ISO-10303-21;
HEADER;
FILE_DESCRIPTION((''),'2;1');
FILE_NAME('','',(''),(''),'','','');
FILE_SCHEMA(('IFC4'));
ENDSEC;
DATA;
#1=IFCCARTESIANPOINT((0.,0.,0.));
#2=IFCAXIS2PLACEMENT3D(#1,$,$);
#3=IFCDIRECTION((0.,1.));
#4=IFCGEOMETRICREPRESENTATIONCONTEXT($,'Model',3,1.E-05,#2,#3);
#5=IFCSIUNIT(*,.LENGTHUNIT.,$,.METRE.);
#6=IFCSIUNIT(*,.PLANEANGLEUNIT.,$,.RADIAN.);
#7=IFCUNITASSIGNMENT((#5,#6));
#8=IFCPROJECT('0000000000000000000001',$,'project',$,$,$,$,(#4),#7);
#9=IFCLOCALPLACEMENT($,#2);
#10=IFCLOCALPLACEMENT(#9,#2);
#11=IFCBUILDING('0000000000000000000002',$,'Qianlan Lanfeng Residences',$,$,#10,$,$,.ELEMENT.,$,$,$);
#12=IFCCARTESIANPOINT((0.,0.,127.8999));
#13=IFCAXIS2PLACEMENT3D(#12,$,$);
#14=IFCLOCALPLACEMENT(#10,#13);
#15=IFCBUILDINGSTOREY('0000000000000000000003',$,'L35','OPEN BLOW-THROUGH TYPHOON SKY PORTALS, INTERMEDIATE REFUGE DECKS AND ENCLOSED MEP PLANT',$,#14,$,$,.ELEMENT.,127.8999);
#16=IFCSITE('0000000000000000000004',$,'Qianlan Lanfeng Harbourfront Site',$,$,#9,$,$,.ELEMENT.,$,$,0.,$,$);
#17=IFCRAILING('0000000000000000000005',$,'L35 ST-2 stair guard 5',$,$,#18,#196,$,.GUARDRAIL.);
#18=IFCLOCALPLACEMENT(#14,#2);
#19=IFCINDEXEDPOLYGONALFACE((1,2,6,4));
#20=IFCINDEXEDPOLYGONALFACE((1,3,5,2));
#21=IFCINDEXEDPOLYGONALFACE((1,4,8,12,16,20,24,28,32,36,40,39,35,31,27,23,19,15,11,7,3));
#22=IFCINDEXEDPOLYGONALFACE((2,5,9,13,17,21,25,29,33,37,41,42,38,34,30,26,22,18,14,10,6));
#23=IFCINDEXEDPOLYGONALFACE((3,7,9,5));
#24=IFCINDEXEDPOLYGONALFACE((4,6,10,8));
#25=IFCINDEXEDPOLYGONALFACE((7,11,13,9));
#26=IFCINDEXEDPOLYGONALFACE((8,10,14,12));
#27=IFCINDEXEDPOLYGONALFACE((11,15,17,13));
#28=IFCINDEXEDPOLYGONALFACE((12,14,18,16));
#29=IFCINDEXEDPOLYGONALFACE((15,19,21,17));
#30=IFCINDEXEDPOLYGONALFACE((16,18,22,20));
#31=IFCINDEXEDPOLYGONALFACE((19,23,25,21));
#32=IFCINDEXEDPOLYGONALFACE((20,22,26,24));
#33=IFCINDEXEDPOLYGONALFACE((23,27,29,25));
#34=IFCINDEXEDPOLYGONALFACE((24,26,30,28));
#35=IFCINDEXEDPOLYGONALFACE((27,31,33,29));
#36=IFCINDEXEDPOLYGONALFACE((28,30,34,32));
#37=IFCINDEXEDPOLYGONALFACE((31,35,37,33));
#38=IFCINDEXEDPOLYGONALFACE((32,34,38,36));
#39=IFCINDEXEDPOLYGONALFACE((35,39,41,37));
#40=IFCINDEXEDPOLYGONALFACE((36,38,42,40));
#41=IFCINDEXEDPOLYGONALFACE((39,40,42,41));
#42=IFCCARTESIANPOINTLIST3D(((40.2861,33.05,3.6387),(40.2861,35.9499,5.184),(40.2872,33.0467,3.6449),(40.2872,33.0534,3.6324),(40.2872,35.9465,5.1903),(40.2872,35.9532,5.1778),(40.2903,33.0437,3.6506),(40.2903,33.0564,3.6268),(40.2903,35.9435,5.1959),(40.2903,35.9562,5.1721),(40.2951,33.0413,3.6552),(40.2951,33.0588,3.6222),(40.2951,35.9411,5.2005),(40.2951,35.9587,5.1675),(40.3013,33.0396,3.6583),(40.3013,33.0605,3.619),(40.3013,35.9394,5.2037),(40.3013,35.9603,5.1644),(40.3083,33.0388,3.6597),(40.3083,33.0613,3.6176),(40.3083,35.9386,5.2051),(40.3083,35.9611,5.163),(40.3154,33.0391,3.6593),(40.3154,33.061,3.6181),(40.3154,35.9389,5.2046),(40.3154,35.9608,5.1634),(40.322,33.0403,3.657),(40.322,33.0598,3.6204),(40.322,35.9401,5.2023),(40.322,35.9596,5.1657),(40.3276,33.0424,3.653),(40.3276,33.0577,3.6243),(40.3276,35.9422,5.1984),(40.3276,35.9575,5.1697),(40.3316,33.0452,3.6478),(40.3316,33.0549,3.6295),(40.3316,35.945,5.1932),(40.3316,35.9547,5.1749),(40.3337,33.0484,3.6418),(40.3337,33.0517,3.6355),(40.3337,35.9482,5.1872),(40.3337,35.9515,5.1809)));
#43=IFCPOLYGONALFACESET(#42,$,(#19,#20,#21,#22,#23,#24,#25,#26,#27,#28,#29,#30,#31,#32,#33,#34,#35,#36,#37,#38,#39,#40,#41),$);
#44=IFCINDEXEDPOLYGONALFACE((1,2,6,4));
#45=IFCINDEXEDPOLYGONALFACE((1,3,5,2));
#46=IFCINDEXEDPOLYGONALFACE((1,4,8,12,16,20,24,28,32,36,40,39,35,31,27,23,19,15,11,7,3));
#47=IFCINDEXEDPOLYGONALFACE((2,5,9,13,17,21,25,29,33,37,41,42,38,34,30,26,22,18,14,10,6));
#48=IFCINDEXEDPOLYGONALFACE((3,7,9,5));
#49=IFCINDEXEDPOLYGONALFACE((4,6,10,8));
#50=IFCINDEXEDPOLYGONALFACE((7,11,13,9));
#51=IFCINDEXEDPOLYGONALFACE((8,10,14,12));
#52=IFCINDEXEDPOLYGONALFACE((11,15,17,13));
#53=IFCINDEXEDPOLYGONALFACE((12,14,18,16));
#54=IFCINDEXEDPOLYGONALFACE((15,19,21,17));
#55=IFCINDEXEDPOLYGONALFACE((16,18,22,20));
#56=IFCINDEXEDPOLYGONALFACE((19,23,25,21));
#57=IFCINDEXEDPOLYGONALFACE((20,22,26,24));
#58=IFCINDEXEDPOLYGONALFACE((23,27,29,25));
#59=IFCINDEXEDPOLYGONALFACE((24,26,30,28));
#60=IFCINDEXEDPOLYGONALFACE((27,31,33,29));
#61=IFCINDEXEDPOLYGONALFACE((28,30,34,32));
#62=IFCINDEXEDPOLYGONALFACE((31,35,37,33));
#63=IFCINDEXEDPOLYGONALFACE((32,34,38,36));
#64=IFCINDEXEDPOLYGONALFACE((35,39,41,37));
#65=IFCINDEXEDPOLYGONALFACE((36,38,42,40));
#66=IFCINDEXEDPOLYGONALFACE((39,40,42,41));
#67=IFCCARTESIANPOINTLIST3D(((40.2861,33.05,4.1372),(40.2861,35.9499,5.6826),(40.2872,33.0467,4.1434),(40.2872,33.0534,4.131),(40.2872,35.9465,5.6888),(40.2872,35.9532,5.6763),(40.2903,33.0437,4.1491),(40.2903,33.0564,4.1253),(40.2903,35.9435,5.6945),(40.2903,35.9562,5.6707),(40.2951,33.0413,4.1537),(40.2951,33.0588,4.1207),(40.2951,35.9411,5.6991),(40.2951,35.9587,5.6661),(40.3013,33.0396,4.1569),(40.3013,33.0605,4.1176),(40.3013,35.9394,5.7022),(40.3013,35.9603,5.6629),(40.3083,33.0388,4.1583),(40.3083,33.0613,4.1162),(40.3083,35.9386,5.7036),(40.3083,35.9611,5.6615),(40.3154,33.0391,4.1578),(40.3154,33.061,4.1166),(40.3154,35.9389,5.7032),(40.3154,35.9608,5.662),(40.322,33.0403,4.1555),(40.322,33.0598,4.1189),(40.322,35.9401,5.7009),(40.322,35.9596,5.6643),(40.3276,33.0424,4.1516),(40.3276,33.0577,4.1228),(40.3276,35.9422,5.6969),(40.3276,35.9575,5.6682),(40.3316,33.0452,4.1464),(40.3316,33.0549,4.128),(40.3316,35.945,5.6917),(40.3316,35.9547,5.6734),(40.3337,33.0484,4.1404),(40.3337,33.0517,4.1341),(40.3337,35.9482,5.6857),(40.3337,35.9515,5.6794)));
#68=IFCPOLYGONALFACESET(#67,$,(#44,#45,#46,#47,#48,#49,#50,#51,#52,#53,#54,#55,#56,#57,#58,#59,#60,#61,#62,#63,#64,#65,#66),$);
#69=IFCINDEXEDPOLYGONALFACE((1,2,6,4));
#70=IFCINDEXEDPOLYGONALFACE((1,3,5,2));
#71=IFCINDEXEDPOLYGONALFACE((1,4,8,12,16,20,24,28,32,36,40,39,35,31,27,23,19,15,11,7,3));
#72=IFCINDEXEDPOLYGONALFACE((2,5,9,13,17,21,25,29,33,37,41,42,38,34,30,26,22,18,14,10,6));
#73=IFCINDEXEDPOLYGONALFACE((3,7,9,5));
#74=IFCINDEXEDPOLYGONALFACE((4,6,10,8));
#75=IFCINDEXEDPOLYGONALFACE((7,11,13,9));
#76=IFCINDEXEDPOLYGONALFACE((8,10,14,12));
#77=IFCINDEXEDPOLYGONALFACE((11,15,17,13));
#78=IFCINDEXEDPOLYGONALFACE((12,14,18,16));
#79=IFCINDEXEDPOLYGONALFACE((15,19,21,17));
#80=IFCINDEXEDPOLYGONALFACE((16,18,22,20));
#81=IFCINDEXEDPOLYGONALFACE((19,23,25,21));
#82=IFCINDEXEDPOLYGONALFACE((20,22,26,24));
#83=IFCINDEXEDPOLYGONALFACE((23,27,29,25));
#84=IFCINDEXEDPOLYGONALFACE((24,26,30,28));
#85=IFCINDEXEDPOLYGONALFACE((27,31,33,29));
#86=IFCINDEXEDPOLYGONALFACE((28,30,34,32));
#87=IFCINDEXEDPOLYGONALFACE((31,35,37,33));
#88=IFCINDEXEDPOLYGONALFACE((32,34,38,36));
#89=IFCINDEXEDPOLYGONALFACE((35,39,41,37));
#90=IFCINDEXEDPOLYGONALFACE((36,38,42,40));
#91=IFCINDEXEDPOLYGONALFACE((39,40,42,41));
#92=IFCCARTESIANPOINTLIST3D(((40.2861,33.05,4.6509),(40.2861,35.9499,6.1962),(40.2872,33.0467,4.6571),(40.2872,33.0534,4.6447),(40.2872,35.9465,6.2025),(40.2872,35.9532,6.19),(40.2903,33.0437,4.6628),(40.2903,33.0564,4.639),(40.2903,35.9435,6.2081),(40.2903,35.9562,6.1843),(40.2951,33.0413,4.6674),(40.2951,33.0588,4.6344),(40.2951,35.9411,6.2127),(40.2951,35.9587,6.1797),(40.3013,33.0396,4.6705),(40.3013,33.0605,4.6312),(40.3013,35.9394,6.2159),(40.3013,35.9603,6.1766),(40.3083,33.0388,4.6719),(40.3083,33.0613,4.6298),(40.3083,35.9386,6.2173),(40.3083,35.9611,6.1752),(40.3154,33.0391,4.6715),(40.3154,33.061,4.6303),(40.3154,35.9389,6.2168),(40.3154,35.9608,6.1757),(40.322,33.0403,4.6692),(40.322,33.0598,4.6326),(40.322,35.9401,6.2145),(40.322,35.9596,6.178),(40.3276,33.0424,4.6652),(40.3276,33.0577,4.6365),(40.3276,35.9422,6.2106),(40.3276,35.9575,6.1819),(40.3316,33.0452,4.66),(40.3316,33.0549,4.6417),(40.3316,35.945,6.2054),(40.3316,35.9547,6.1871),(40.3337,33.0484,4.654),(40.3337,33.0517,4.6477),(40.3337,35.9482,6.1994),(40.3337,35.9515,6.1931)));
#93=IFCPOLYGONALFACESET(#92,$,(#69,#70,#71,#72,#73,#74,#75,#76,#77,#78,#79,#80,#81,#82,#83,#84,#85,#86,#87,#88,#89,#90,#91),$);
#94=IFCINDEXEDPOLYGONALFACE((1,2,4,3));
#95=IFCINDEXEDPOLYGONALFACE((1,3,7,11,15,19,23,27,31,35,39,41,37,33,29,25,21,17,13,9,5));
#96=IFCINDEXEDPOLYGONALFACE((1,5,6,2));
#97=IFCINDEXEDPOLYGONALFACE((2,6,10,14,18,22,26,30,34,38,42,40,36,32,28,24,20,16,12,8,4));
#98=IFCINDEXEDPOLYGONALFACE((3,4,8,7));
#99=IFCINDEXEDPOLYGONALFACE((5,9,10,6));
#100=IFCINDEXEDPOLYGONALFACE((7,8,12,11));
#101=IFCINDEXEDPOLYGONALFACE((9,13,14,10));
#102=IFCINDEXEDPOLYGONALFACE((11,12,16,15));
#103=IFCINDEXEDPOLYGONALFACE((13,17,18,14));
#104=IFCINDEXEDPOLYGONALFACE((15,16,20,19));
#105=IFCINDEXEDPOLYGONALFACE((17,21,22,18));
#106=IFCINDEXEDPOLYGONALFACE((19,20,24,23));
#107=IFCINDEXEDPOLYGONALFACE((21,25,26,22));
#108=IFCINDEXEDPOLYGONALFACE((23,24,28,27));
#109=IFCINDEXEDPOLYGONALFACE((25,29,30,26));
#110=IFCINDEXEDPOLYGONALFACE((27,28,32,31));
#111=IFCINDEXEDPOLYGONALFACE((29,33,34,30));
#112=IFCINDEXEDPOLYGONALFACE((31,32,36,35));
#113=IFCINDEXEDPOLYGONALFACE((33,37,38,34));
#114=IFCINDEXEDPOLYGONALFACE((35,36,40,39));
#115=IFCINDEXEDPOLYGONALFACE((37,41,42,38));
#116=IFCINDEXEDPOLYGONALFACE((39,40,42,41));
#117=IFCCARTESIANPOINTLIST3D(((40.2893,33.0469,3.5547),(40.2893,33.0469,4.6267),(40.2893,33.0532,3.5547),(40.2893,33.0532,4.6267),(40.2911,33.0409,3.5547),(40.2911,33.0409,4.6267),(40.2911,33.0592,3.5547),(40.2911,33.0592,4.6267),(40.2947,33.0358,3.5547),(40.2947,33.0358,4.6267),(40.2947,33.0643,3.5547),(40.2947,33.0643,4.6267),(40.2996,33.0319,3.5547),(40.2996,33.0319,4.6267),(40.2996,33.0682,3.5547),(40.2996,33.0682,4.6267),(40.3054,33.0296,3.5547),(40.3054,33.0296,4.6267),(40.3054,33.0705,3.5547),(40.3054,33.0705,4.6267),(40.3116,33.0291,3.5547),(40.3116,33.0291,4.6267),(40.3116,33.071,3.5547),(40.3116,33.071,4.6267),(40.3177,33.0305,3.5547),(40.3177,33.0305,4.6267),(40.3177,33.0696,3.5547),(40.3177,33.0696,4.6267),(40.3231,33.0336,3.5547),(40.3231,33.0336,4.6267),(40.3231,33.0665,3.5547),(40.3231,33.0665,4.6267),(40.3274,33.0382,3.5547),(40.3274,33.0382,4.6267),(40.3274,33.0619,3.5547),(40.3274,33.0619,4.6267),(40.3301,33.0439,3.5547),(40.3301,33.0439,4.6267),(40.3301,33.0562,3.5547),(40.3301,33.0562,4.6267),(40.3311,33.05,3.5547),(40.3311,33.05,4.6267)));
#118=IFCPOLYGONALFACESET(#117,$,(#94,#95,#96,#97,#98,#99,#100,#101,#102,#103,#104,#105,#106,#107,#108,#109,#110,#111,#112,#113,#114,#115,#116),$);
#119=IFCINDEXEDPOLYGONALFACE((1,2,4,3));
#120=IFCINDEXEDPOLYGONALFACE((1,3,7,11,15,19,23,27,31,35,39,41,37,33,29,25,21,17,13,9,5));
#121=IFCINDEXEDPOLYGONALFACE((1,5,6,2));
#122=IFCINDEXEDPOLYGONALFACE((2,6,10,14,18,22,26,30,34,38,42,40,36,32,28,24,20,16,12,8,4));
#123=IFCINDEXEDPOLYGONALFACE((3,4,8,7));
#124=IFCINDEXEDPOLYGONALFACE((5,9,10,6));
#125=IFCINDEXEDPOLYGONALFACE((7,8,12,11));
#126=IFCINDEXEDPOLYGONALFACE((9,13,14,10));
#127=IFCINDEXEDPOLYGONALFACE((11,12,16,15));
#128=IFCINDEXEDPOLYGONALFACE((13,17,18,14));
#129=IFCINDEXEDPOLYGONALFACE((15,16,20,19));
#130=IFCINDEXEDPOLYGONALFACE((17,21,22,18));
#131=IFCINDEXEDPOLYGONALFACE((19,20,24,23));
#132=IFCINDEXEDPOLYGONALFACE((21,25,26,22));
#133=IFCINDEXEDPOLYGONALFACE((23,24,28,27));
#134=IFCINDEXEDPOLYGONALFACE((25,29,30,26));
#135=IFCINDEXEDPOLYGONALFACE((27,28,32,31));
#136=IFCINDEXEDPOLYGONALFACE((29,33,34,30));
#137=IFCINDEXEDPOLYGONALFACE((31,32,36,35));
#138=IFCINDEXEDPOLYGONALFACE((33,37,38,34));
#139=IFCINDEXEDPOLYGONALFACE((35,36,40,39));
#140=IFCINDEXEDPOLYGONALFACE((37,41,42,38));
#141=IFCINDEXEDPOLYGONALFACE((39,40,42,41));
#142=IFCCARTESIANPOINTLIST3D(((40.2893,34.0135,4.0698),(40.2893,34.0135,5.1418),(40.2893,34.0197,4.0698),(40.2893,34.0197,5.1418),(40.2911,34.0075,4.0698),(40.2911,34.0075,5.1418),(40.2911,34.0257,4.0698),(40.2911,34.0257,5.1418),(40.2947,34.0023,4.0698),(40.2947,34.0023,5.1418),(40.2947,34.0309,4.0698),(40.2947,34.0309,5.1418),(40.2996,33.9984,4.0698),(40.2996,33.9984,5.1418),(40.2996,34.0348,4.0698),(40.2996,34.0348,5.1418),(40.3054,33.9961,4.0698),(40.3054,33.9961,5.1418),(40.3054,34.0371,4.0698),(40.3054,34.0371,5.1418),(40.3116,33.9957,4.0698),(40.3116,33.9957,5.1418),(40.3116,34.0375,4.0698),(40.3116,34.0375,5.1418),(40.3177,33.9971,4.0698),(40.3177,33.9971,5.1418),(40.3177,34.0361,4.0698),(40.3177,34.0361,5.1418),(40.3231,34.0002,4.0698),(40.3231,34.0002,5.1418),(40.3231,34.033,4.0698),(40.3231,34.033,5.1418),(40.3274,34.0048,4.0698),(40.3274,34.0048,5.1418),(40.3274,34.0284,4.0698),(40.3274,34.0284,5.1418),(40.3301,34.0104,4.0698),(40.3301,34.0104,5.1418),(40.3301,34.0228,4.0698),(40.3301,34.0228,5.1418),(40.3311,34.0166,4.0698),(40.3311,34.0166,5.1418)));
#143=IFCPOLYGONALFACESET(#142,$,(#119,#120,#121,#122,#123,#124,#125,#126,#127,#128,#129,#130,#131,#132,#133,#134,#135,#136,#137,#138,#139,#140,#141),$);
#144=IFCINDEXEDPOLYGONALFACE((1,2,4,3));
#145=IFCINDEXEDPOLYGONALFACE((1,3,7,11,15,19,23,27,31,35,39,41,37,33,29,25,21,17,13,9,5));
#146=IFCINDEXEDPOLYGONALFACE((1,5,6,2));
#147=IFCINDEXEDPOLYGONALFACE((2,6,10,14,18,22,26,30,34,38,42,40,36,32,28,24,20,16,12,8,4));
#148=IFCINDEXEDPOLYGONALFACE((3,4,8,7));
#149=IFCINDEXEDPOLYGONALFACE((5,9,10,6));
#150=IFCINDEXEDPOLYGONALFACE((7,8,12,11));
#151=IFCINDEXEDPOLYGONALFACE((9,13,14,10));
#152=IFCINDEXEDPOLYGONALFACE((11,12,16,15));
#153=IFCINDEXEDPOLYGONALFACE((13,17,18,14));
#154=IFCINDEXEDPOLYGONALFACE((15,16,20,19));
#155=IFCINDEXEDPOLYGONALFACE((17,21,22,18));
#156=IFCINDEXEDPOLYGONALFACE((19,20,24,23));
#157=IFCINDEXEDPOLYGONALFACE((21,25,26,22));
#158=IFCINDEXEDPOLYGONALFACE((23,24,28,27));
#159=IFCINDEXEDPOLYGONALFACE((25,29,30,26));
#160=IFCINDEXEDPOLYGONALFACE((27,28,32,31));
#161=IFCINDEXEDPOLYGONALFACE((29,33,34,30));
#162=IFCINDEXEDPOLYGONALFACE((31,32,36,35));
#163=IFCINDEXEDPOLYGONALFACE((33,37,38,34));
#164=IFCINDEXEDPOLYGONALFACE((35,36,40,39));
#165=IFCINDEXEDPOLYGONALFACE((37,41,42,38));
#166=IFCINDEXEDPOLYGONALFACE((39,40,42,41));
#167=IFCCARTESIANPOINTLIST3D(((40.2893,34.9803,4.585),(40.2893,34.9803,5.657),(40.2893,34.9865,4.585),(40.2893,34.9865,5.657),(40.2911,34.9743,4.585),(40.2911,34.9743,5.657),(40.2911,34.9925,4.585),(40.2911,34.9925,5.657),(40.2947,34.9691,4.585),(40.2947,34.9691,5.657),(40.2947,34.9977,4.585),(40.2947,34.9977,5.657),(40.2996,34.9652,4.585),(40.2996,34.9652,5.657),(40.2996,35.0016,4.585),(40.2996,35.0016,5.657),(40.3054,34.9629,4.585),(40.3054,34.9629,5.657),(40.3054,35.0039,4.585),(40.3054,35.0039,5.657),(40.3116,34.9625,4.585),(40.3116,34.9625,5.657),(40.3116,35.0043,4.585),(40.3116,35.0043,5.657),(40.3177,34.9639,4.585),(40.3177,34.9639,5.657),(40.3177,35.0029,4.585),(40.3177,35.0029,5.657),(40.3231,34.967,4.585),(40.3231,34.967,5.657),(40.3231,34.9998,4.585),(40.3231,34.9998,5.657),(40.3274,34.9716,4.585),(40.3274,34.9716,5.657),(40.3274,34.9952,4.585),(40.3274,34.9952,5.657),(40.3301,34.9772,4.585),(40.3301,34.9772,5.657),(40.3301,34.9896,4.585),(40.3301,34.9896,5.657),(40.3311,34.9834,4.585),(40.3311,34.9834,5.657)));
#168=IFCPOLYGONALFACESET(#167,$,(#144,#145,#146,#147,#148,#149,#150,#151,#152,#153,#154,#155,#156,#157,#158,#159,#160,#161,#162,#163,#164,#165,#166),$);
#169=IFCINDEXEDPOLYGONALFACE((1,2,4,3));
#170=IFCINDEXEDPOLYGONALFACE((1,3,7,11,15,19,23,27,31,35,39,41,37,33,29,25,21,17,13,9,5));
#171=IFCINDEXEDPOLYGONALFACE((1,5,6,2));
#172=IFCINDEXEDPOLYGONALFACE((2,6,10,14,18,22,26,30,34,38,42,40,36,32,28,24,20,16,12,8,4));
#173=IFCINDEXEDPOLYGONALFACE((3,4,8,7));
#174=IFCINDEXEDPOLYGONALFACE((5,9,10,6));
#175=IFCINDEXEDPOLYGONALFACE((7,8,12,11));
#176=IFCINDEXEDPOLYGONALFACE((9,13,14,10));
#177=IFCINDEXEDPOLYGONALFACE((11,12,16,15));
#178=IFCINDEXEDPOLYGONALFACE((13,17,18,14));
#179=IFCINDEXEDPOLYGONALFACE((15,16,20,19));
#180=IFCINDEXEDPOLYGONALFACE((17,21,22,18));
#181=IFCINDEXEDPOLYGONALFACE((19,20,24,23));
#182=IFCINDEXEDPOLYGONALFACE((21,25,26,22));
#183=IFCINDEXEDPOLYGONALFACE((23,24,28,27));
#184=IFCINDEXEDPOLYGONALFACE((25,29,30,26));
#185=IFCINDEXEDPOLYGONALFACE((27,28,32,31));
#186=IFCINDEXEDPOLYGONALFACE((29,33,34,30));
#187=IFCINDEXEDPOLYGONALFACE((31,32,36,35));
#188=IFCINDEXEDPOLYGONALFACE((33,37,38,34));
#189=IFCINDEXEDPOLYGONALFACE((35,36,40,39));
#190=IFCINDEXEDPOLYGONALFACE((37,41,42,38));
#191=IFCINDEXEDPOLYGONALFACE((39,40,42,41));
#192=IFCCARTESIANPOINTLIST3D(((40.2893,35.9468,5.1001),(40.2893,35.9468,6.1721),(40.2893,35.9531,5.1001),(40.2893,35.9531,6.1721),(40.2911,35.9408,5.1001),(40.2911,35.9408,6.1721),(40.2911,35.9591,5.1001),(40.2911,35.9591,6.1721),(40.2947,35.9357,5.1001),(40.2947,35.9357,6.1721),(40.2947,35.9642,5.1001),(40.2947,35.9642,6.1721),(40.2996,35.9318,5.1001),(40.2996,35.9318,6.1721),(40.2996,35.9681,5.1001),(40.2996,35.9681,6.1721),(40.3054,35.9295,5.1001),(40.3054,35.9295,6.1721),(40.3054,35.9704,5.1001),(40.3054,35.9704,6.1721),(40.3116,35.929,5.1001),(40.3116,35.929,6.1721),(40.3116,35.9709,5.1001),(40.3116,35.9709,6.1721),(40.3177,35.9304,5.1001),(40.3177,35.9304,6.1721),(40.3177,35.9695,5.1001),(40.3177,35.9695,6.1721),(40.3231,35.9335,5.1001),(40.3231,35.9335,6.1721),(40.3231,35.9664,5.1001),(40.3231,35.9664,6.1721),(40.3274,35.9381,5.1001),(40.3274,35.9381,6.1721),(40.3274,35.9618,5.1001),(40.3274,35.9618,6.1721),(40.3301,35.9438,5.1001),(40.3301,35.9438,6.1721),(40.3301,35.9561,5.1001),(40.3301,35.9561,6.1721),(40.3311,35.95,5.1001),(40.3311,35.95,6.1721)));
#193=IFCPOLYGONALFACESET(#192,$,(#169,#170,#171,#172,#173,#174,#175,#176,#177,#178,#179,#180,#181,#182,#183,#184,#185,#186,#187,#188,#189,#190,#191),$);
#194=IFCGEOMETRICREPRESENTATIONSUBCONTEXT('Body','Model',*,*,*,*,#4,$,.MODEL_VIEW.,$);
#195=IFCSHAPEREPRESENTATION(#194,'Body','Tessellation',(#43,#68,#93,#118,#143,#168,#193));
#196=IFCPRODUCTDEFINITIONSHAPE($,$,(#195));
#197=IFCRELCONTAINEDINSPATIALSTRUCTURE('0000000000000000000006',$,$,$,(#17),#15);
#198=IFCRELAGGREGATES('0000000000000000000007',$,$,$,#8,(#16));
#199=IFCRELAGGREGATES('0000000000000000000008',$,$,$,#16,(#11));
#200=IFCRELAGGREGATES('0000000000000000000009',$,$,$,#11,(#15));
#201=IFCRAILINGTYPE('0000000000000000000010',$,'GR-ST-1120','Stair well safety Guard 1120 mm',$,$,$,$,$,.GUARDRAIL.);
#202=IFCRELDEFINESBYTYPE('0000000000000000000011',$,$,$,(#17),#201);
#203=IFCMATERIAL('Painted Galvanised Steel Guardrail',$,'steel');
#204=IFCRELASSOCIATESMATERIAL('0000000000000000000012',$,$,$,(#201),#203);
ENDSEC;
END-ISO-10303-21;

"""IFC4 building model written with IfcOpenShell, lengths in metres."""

from ifc_helpers import new_model, si_unit, direction, frame, origin, origin_2d, place, context, subcontext, project, spatial, circle, extrude, material, type_object, element, save


model = new_model("IFC4")

# Units and contexts
model_context = context("Model", 3, precision=1e-05, world=origin(), true_north=direction((0.0, 1.0)))
body_context = subcontext(model_context, "Body", "Model", "MODEL_VIEW")
ifc_project = project(units=[si_unit("LENGTHUNIT", "METRE"), si_unit("PLANEANGLEUNIT", "RADIAN")], contexts=[model_context])

# Site, building, storey
site_placement = place(None, origin())
site = spatial("IfcSite", under=ifc_project, at=site_placement, Name="Qianlan Lanfeng Harbourfront Site", CompositionType="ELEMENT", RefElevation=0.0)
building_placement = place(site_placement, origin())
building = spatial("IfcBuilding", under=site, at=building_placement, Name="Qianlan Lanfeng Residences", CompositionType="ELEMENT")
storey_placement = place(building_placement, frame((0.0, 0.0, 127.8999)))
storey = spatial("IfcBuildingStorey", under=building, at=storey_placement, Name="L35", Description="OPEN BLOW-THROUGH TYPHOON SKY PORTALS, INTERMEDIATE REFUGE DECKS AND ENCLOSED MEP PLANT", CompositionType="ELEMENT", Elevation=127.8999)

# Railing
ifc_material_1 = material(Name="Painted Galvanised Steel Guardrail", Category="steel")
railing_type_1 = type_object("IfcRailingType", Name="GR-ST-1120", Description="Stair well safety Guard 1120 mm", PredefinedType="GUARDRAIL", material=ifc_material_1)
railing_1_placement = place(storey_placement, frame((40.3101, 33.05, 3.5547)))
element("IfcRailing", 1, at=railing_1_placement, inside=storey, type_object=railing_type_1, Name="L35 ST-2 stair guard 5", PredefinedType="GUARDRAIL", context=body_context, shape_type="SweptSolid", body=[
    extrude(circle(Radius=0.0239, at=origin_2d()), frame((0.0, 0.0, 0.084), z_axis=(0.0, 0.882505, 0.470303), x_axis=(-1.0, 0.0, 0.0)), (0.0, 0.0, 1.0), 3.2859),
    extrude(circle(Radius=0.0239, at=origin_2d()), frame((0.0, 0.0, 0.5825), z_axis=(0.0, 0.882505, 0.470303), x_axis=(-1.0, 0.0, 0.0)), (0.0, 0.0, 1.0), 3.2859),
    extrude(circle(Radius=0.0239, at=origin_2d()), frame((0.0, 0.0, 1.0962), z_axis=(0.0, 0.882505, 0.470303), x_axis=(-1.0, 0.0, 0.0)), (0.0, 0.0, 1.0), 3.2859),
    extrude(circle(Radius=0.021, at=origin_2d()), origin(), (0.0, 0.0, 1.0), 1.072),
    extrude(circle(Radius=0.021, at=origin_2d()), frame((0.0, 0.9666, 0.5151)), (0.0, 0.0, 1.0), 1.072),
    extrude(circle(Radius=0.021, at=origin_2d()), frame((0.0, 1.9333, 1.0303)), (0.0, 0.0, 1.0), 1.072),
    extrude(circle(Radius=0.021, at=origin_2d()), frame((0.0, 2.8999, 1.5454)), (0.0, 0.0, 1.0), 1.072),
])

save(model, "model.ifc")
